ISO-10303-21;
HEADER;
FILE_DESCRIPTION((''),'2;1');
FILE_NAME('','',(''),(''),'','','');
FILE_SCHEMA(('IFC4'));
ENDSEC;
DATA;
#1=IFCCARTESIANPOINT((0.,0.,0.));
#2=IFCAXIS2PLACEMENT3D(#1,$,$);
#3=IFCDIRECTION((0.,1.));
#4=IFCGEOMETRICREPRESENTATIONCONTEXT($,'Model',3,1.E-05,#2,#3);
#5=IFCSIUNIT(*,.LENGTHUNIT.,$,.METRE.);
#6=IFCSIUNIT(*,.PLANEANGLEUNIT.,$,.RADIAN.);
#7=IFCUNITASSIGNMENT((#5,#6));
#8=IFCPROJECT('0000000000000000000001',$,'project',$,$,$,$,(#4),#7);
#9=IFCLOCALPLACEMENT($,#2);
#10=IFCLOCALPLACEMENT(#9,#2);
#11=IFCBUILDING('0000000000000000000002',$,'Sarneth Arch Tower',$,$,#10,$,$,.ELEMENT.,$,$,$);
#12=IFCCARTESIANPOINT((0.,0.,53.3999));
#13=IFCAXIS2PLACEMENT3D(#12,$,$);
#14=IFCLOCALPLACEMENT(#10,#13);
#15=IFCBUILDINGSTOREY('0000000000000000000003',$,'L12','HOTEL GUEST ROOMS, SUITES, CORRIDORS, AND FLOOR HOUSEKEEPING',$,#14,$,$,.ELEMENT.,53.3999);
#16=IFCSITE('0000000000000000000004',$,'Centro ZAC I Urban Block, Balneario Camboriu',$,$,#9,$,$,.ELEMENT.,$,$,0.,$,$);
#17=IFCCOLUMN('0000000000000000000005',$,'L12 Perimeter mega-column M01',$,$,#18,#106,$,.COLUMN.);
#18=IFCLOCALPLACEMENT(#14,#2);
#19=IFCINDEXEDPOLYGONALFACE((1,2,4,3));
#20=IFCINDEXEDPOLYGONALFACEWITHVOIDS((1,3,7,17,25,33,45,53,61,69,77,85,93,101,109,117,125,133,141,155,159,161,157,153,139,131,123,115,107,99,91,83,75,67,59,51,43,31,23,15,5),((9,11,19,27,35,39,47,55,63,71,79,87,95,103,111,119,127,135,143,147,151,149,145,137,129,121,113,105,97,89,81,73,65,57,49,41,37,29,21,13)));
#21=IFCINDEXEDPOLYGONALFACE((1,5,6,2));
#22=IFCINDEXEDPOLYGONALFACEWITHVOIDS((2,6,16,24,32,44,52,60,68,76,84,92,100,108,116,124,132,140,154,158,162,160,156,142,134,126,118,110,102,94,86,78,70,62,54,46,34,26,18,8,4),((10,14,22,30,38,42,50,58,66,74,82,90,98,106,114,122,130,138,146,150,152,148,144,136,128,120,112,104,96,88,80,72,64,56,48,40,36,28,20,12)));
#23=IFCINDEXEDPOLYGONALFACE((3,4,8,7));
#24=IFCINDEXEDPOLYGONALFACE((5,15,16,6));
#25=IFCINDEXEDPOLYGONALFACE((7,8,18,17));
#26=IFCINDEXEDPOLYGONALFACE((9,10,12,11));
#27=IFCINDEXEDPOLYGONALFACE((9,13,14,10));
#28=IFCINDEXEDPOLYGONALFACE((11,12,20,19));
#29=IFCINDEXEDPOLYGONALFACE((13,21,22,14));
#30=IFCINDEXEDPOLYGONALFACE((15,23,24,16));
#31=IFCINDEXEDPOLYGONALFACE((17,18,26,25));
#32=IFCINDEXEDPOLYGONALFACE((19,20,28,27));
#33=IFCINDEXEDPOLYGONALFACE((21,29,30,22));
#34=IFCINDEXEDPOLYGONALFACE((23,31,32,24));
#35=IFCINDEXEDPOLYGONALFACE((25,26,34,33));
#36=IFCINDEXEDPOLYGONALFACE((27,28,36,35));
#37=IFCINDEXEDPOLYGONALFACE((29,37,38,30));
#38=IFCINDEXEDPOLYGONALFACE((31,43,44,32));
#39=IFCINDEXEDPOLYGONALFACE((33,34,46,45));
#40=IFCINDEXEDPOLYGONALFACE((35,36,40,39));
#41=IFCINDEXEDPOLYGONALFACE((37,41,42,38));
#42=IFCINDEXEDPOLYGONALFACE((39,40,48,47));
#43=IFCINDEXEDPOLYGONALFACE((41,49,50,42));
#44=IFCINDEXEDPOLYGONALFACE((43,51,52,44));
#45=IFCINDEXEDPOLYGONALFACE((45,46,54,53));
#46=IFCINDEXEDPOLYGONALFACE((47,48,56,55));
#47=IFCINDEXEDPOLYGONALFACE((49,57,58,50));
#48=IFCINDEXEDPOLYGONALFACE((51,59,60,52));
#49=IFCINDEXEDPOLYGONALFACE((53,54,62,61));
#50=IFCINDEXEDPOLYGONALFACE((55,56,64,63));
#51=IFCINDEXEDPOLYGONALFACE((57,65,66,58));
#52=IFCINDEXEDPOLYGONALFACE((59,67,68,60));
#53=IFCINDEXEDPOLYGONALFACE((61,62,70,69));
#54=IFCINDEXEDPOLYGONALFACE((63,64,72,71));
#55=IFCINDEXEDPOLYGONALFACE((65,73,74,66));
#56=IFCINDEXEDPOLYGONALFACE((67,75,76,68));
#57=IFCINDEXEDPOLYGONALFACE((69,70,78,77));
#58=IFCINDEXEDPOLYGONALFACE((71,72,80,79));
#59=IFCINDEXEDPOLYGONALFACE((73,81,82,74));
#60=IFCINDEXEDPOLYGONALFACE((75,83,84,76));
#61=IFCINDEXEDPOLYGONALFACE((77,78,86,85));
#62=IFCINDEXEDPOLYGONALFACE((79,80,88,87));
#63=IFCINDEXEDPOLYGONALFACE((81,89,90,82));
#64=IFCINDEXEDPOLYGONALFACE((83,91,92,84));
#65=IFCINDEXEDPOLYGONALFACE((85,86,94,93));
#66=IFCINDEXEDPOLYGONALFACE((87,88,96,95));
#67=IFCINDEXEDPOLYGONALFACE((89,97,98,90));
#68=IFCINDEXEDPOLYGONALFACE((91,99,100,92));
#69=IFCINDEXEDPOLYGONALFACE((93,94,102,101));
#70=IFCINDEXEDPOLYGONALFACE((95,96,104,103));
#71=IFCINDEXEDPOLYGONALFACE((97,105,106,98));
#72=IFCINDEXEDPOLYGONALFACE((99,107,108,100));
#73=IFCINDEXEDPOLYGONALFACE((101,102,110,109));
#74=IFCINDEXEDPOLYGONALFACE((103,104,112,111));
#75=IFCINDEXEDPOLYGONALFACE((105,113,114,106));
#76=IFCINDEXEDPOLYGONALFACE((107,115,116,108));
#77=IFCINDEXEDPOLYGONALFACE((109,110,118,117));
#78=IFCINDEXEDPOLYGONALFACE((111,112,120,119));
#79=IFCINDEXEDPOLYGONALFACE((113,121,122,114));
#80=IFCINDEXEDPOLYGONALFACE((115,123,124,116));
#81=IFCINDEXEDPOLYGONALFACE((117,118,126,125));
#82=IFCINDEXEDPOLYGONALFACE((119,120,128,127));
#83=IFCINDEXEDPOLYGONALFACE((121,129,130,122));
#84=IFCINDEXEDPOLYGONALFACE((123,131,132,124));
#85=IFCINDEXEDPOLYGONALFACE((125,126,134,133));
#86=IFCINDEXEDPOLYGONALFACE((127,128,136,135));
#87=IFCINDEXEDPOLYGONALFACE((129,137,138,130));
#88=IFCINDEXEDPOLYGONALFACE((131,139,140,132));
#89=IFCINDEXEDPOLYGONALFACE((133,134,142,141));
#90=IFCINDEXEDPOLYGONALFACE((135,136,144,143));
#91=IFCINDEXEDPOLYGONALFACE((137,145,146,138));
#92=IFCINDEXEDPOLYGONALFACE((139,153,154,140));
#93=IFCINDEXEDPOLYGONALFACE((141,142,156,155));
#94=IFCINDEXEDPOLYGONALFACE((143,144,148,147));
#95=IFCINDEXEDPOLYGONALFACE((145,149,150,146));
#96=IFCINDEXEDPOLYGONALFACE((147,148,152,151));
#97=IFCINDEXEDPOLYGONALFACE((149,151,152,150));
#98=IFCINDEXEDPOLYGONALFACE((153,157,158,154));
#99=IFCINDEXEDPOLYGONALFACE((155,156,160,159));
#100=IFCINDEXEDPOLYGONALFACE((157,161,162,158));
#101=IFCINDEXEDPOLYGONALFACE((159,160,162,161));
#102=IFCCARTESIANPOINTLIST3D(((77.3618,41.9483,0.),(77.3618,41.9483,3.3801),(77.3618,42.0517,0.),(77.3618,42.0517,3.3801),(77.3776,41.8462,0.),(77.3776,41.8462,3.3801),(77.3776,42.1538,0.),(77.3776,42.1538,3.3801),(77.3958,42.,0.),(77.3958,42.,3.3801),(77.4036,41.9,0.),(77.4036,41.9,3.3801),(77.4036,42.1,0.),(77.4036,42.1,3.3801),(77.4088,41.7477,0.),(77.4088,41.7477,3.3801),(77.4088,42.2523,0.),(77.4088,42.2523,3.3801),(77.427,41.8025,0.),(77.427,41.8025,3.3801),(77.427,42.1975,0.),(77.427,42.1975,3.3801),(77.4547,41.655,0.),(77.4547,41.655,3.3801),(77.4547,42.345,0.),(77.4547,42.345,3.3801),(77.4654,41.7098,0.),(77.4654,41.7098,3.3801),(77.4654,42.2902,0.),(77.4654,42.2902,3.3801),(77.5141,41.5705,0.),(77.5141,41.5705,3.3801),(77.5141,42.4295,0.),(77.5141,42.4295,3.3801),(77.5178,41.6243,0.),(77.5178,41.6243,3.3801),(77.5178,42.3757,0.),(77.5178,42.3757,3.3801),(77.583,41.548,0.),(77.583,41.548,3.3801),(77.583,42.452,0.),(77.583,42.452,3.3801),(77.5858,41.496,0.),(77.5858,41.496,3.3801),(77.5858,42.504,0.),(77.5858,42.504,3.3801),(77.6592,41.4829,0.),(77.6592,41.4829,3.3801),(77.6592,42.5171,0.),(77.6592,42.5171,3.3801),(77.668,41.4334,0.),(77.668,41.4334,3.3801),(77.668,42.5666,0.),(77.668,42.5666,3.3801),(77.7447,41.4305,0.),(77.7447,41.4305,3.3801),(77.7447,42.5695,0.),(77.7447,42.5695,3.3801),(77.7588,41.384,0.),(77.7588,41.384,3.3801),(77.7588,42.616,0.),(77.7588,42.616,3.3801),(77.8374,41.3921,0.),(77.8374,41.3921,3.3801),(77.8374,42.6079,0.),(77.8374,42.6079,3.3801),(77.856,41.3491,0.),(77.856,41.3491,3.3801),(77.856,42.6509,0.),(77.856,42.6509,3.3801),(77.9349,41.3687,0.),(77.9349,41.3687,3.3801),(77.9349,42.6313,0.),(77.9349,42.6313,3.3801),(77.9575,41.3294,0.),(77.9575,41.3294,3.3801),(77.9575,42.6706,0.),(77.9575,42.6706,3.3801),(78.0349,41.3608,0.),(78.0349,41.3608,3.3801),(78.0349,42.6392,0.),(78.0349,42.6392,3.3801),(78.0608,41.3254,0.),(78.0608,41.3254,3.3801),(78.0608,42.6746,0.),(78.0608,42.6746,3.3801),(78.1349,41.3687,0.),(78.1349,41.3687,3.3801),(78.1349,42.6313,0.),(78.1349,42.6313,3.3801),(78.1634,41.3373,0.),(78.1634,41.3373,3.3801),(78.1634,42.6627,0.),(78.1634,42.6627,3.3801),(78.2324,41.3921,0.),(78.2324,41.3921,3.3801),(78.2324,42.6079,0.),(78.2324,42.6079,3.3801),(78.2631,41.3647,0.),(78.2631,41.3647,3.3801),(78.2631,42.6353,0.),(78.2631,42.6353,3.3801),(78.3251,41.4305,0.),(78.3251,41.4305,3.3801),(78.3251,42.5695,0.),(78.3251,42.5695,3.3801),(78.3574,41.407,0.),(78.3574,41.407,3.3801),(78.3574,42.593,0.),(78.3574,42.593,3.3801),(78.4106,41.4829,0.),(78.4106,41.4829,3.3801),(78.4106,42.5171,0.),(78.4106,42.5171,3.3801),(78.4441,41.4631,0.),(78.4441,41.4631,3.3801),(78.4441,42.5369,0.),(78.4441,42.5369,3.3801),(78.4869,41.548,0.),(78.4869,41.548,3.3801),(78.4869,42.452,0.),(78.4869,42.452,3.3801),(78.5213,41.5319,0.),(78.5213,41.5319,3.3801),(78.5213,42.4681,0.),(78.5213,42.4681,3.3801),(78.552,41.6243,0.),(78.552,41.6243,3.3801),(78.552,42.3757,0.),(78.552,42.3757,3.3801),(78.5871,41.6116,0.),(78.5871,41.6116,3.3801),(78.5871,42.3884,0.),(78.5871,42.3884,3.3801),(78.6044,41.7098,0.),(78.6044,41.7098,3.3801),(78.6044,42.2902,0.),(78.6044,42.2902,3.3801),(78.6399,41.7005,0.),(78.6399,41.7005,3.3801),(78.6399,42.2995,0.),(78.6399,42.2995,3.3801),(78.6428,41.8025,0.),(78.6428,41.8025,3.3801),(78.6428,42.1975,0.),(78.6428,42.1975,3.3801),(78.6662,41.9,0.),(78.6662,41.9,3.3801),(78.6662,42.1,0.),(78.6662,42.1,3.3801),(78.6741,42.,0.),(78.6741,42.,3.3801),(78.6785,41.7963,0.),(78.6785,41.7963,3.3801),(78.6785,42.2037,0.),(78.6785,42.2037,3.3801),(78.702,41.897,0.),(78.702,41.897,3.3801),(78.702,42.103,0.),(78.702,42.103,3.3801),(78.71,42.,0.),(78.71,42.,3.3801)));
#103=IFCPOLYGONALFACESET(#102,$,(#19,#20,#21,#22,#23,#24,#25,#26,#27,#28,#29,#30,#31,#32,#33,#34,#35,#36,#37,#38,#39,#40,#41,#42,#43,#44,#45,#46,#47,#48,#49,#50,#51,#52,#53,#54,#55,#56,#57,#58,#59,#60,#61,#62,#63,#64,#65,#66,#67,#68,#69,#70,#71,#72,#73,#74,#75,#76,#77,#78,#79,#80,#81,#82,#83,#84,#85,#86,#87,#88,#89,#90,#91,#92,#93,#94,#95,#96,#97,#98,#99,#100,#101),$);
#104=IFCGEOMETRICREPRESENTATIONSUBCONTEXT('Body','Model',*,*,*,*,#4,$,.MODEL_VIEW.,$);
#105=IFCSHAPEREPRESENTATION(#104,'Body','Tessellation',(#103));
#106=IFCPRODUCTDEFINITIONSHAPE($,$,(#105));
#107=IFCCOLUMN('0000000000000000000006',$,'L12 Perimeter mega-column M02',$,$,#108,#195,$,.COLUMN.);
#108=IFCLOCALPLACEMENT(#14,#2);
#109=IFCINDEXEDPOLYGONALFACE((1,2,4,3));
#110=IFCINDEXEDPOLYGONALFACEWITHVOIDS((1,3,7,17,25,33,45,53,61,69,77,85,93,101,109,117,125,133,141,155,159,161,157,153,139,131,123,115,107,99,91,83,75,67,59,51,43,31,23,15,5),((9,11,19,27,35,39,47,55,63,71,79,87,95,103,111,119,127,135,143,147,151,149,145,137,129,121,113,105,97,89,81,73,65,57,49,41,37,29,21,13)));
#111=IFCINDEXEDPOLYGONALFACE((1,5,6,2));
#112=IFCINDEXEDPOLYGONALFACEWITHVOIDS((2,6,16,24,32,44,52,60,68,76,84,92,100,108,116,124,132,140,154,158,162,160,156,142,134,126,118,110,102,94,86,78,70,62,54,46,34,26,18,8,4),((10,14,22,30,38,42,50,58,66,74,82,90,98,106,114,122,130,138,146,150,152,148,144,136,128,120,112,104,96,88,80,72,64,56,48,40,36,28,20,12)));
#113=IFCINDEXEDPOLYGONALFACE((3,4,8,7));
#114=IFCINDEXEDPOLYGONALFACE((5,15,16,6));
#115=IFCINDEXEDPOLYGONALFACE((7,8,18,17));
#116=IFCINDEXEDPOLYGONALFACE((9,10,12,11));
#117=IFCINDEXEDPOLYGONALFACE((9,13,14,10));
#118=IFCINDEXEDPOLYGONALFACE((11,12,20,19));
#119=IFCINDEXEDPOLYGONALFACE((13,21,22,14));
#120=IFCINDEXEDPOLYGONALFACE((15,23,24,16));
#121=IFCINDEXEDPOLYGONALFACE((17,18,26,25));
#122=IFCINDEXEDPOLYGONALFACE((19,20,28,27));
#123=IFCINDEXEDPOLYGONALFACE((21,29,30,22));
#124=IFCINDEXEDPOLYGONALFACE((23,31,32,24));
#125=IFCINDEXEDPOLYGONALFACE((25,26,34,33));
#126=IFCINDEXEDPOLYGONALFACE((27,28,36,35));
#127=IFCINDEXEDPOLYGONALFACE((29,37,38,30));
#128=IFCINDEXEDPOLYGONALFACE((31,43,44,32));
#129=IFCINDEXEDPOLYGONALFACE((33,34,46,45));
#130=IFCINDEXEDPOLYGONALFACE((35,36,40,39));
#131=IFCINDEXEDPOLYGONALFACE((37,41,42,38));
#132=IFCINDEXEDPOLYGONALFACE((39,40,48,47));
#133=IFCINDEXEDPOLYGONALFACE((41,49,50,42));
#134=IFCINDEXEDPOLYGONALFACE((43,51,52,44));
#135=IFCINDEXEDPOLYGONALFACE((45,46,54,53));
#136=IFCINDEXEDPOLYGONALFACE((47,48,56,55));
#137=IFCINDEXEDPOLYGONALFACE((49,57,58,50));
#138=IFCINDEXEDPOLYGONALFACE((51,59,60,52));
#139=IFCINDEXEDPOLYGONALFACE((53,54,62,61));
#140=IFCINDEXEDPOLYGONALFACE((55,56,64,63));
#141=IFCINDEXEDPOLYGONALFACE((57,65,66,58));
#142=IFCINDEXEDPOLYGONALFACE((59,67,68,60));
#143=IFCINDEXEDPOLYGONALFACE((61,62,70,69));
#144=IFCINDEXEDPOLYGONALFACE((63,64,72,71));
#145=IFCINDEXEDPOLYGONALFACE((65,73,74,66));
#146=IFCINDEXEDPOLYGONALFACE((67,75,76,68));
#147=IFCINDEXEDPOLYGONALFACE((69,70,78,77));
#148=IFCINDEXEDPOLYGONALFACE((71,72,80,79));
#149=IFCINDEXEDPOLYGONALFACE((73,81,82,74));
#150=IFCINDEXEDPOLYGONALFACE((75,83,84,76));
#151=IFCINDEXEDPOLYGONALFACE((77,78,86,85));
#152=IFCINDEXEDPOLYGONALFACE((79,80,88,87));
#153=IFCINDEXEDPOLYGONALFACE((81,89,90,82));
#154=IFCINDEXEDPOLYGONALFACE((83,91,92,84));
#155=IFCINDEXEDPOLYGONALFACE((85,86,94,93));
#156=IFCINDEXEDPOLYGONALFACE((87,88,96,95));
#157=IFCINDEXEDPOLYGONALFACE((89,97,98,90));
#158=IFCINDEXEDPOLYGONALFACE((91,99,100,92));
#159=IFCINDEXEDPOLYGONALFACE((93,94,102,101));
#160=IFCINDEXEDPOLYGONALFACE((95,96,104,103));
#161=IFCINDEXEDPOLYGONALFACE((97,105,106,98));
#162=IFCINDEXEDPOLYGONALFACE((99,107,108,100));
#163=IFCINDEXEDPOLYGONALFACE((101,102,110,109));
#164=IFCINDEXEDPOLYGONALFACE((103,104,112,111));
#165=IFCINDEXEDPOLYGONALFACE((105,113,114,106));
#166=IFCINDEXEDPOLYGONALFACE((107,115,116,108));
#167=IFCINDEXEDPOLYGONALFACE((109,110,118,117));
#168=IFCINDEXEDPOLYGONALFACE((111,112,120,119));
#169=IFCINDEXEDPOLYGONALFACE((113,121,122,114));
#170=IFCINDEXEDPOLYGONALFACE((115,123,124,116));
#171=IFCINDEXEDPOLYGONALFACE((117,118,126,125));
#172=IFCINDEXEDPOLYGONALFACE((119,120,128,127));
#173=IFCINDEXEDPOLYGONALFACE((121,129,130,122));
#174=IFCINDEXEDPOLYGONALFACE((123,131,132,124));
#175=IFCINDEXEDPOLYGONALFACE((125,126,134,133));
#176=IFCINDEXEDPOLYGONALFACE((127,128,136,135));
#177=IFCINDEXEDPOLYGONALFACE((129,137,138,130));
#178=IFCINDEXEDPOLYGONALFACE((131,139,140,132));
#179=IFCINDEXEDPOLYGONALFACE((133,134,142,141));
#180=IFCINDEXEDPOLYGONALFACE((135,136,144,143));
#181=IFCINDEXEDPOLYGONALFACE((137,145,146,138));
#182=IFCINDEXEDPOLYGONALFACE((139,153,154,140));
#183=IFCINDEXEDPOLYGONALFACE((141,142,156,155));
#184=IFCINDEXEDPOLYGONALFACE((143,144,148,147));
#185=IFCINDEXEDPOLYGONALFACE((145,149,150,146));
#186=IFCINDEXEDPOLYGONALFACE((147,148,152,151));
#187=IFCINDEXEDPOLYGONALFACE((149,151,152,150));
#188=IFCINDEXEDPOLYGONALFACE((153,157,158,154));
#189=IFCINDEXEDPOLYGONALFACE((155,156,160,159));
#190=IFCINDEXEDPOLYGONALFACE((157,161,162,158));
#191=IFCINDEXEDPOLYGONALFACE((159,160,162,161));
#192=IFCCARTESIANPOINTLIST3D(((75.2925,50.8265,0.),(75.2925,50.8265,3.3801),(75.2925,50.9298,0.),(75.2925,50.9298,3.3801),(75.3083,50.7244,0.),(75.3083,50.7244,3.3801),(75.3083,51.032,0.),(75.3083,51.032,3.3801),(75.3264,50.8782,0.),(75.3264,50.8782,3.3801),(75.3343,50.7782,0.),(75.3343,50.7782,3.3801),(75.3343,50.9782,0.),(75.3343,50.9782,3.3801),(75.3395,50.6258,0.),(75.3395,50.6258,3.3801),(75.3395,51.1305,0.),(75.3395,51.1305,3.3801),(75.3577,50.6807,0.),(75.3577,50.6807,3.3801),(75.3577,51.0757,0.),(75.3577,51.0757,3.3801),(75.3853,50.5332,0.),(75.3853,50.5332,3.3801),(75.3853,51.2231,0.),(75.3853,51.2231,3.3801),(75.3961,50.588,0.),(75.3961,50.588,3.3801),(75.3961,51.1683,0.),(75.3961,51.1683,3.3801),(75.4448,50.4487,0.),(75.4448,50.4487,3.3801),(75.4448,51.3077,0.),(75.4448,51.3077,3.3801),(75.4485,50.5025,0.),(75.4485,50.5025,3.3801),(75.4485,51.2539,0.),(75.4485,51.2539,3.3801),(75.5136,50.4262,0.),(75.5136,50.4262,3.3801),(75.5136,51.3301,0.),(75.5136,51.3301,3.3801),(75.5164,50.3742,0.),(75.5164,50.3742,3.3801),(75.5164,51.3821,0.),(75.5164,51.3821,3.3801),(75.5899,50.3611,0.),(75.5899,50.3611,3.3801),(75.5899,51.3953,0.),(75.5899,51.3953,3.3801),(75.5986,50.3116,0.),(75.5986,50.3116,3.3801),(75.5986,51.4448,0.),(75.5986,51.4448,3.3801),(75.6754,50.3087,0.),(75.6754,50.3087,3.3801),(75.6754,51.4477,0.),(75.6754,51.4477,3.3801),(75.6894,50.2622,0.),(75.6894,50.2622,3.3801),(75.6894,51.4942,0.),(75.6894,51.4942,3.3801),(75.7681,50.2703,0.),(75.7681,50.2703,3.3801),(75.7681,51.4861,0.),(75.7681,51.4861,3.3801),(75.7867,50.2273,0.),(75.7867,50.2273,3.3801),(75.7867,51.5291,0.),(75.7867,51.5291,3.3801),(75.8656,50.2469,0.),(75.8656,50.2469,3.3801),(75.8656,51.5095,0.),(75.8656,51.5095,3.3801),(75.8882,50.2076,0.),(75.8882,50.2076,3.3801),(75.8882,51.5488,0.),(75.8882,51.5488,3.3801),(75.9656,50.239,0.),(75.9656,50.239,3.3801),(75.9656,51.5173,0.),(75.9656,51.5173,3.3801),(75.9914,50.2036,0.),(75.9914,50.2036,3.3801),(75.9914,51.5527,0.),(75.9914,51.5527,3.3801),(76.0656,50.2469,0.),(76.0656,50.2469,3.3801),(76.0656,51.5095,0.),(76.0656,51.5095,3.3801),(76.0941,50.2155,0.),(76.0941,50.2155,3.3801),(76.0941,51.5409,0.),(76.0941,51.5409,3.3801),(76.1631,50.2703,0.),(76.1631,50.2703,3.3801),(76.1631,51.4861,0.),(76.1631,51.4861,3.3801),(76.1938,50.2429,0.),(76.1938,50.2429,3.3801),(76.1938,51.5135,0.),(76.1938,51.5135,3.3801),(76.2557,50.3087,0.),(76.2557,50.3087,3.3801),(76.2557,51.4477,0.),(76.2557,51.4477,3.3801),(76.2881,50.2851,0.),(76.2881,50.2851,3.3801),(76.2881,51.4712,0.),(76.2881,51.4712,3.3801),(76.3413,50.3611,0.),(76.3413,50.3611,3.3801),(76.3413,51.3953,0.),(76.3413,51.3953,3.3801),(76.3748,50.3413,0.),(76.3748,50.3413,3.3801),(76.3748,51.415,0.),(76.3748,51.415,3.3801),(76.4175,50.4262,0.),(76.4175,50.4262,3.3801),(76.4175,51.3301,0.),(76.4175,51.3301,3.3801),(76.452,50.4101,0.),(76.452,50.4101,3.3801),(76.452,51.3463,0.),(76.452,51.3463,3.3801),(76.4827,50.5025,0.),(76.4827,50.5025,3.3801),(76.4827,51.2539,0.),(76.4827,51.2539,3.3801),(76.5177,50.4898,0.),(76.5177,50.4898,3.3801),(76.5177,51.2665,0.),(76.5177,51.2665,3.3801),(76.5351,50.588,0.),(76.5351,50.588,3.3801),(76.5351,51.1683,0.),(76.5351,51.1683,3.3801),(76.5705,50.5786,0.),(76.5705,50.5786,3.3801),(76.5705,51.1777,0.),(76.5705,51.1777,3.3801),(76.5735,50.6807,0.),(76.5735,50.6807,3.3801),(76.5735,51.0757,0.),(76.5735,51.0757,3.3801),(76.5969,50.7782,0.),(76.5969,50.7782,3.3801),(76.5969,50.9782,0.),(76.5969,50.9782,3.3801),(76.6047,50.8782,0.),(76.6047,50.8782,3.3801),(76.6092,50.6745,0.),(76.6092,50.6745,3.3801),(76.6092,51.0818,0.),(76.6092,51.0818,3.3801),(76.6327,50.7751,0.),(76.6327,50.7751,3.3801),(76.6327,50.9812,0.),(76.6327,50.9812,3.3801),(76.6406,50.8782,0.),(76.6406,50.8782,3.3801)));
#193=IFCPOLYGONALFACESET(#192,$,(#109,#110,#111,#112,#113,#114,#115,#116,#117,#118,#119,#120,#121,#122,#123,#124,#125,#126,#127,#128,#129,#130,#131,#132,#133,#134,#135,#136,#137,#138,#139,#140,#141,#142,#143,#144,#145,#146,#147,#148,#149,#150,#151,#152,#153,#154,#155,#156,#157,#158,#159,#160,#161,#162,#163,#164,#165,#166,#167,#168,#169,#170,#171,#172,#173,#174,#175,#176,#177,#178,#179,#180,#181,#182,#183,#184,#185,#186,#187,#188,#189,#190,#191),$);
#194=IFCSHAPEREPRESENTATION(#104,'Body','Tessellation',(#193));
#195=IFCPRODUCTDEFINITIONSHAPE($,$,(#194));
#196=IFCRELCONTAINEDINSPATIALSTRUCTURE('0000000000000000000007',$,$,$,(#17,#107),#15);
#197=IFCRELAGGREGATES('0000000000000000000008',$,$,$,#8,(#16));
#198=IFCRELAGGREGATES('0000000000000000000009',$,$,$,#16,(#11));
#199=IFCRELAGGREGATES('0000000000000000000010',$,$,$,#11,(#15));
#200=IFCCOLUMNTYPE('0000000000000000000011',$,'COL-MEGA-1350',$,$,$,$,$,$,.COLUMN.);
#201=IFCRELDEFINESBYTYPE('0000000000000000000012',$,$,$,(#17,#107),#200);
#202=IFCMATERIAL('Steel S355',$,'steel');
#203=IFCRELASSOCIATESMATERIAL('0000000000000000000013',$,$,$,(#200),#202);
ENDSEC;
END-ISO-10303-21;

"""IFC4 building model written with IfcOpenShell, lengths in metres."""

from ifc_helpers import new_model, si_unit, direction, frame, origin, origin_2d, place, context, subcontext, project, spatial, hollow_circle, extrude, material, material_profile, profile_set, type_object, element, save


model = new_model("IFC4")

# Units and contexts
model_context = context("Model", 3, precision=1e-05, world=origin(), true_north=direction((0.0, 1.0)))
body_context = subcontext(model_context, "Body", "Model", "MODEL_VIEW")
ifc_project = project(units=[si_unit("LENGTHUNIT", "METRE"), si_unit("PLANEANGLEUNIT", "RADIAN")], contexts=[model_context])

# Site, building, storey
site_placement = place(None, origin())
site = spatial("IfcSite", under=ifc_project, at=site_placement, Name="Centro ZAC I Urban Block, Balneario Camboriu", CompositionType="ELEMENT", RefElevation=0.0)
building_placement = place(site_placement, origin())
building = spatial("IfcBuilding", under=site, at=building_placement, Name="Sarneth Arch Tower", CompositionType="ELEMENT")
storey_placement = place(building_placement, frame((0.0, 0.0, 53.3999)))
storey = spatial("IfcBuildingStorey", under=building, at=storey_placement, Name="L12", Description="HOTEL GUEST ROOMS, SUITES, CORRIDORS, AND FLOOR HOUSEKEEPING", CompositionType="ELEMENT", Elevation=53.3999)

# Columns
ifc_material_1 = material(Name="Steel S355", Category="steel")
ifc_material_profile_1 = material_profile(ifc_material_1, hollow_circle(Radius=0.675, WallThickness=0.0359, at=origin_2d()), Name="CHS1350x36")
ifc_profile_set_1 = profile_set([ifc_material_profile_1], Name="Steel S355")
column_type = type_object("IfcColumnType", Name="COL-MEGA-1350", PredefinedType="COLUMN", material=ifc_profile_set_1)
for number, where, z_axis, x_axis, name in (
    (1, (78.0349, 42.0, 0.0), (0.0, 0.0, 1.0), (1.0, 0.0, 0.0), "L12 Perimeter mega-column M01"),
    (2, (75.9656, 50.8782, 0.0), (0.0, 0.0, 1.0), (1.0, 0.0, 0.0), "L12 Perimeter mega-column M02"),
):
    element("IfcColumn", number, at=place(storey_placement, frame(where, z_axis=z_axis, x_axis=x_axis)), inside=storey, type_object=column_type, Name=name, PredefinedType="COLUMN", context=body_context, shape_type="SweptSolid", body=[
        extrude(hollow_circle(Radius=0.675, WallThickness=0.0359, at=origin_2d()), origin(), (0.0, 0.0, 1.0), 3.3801),
    ])

save(model, "model.ifc")
